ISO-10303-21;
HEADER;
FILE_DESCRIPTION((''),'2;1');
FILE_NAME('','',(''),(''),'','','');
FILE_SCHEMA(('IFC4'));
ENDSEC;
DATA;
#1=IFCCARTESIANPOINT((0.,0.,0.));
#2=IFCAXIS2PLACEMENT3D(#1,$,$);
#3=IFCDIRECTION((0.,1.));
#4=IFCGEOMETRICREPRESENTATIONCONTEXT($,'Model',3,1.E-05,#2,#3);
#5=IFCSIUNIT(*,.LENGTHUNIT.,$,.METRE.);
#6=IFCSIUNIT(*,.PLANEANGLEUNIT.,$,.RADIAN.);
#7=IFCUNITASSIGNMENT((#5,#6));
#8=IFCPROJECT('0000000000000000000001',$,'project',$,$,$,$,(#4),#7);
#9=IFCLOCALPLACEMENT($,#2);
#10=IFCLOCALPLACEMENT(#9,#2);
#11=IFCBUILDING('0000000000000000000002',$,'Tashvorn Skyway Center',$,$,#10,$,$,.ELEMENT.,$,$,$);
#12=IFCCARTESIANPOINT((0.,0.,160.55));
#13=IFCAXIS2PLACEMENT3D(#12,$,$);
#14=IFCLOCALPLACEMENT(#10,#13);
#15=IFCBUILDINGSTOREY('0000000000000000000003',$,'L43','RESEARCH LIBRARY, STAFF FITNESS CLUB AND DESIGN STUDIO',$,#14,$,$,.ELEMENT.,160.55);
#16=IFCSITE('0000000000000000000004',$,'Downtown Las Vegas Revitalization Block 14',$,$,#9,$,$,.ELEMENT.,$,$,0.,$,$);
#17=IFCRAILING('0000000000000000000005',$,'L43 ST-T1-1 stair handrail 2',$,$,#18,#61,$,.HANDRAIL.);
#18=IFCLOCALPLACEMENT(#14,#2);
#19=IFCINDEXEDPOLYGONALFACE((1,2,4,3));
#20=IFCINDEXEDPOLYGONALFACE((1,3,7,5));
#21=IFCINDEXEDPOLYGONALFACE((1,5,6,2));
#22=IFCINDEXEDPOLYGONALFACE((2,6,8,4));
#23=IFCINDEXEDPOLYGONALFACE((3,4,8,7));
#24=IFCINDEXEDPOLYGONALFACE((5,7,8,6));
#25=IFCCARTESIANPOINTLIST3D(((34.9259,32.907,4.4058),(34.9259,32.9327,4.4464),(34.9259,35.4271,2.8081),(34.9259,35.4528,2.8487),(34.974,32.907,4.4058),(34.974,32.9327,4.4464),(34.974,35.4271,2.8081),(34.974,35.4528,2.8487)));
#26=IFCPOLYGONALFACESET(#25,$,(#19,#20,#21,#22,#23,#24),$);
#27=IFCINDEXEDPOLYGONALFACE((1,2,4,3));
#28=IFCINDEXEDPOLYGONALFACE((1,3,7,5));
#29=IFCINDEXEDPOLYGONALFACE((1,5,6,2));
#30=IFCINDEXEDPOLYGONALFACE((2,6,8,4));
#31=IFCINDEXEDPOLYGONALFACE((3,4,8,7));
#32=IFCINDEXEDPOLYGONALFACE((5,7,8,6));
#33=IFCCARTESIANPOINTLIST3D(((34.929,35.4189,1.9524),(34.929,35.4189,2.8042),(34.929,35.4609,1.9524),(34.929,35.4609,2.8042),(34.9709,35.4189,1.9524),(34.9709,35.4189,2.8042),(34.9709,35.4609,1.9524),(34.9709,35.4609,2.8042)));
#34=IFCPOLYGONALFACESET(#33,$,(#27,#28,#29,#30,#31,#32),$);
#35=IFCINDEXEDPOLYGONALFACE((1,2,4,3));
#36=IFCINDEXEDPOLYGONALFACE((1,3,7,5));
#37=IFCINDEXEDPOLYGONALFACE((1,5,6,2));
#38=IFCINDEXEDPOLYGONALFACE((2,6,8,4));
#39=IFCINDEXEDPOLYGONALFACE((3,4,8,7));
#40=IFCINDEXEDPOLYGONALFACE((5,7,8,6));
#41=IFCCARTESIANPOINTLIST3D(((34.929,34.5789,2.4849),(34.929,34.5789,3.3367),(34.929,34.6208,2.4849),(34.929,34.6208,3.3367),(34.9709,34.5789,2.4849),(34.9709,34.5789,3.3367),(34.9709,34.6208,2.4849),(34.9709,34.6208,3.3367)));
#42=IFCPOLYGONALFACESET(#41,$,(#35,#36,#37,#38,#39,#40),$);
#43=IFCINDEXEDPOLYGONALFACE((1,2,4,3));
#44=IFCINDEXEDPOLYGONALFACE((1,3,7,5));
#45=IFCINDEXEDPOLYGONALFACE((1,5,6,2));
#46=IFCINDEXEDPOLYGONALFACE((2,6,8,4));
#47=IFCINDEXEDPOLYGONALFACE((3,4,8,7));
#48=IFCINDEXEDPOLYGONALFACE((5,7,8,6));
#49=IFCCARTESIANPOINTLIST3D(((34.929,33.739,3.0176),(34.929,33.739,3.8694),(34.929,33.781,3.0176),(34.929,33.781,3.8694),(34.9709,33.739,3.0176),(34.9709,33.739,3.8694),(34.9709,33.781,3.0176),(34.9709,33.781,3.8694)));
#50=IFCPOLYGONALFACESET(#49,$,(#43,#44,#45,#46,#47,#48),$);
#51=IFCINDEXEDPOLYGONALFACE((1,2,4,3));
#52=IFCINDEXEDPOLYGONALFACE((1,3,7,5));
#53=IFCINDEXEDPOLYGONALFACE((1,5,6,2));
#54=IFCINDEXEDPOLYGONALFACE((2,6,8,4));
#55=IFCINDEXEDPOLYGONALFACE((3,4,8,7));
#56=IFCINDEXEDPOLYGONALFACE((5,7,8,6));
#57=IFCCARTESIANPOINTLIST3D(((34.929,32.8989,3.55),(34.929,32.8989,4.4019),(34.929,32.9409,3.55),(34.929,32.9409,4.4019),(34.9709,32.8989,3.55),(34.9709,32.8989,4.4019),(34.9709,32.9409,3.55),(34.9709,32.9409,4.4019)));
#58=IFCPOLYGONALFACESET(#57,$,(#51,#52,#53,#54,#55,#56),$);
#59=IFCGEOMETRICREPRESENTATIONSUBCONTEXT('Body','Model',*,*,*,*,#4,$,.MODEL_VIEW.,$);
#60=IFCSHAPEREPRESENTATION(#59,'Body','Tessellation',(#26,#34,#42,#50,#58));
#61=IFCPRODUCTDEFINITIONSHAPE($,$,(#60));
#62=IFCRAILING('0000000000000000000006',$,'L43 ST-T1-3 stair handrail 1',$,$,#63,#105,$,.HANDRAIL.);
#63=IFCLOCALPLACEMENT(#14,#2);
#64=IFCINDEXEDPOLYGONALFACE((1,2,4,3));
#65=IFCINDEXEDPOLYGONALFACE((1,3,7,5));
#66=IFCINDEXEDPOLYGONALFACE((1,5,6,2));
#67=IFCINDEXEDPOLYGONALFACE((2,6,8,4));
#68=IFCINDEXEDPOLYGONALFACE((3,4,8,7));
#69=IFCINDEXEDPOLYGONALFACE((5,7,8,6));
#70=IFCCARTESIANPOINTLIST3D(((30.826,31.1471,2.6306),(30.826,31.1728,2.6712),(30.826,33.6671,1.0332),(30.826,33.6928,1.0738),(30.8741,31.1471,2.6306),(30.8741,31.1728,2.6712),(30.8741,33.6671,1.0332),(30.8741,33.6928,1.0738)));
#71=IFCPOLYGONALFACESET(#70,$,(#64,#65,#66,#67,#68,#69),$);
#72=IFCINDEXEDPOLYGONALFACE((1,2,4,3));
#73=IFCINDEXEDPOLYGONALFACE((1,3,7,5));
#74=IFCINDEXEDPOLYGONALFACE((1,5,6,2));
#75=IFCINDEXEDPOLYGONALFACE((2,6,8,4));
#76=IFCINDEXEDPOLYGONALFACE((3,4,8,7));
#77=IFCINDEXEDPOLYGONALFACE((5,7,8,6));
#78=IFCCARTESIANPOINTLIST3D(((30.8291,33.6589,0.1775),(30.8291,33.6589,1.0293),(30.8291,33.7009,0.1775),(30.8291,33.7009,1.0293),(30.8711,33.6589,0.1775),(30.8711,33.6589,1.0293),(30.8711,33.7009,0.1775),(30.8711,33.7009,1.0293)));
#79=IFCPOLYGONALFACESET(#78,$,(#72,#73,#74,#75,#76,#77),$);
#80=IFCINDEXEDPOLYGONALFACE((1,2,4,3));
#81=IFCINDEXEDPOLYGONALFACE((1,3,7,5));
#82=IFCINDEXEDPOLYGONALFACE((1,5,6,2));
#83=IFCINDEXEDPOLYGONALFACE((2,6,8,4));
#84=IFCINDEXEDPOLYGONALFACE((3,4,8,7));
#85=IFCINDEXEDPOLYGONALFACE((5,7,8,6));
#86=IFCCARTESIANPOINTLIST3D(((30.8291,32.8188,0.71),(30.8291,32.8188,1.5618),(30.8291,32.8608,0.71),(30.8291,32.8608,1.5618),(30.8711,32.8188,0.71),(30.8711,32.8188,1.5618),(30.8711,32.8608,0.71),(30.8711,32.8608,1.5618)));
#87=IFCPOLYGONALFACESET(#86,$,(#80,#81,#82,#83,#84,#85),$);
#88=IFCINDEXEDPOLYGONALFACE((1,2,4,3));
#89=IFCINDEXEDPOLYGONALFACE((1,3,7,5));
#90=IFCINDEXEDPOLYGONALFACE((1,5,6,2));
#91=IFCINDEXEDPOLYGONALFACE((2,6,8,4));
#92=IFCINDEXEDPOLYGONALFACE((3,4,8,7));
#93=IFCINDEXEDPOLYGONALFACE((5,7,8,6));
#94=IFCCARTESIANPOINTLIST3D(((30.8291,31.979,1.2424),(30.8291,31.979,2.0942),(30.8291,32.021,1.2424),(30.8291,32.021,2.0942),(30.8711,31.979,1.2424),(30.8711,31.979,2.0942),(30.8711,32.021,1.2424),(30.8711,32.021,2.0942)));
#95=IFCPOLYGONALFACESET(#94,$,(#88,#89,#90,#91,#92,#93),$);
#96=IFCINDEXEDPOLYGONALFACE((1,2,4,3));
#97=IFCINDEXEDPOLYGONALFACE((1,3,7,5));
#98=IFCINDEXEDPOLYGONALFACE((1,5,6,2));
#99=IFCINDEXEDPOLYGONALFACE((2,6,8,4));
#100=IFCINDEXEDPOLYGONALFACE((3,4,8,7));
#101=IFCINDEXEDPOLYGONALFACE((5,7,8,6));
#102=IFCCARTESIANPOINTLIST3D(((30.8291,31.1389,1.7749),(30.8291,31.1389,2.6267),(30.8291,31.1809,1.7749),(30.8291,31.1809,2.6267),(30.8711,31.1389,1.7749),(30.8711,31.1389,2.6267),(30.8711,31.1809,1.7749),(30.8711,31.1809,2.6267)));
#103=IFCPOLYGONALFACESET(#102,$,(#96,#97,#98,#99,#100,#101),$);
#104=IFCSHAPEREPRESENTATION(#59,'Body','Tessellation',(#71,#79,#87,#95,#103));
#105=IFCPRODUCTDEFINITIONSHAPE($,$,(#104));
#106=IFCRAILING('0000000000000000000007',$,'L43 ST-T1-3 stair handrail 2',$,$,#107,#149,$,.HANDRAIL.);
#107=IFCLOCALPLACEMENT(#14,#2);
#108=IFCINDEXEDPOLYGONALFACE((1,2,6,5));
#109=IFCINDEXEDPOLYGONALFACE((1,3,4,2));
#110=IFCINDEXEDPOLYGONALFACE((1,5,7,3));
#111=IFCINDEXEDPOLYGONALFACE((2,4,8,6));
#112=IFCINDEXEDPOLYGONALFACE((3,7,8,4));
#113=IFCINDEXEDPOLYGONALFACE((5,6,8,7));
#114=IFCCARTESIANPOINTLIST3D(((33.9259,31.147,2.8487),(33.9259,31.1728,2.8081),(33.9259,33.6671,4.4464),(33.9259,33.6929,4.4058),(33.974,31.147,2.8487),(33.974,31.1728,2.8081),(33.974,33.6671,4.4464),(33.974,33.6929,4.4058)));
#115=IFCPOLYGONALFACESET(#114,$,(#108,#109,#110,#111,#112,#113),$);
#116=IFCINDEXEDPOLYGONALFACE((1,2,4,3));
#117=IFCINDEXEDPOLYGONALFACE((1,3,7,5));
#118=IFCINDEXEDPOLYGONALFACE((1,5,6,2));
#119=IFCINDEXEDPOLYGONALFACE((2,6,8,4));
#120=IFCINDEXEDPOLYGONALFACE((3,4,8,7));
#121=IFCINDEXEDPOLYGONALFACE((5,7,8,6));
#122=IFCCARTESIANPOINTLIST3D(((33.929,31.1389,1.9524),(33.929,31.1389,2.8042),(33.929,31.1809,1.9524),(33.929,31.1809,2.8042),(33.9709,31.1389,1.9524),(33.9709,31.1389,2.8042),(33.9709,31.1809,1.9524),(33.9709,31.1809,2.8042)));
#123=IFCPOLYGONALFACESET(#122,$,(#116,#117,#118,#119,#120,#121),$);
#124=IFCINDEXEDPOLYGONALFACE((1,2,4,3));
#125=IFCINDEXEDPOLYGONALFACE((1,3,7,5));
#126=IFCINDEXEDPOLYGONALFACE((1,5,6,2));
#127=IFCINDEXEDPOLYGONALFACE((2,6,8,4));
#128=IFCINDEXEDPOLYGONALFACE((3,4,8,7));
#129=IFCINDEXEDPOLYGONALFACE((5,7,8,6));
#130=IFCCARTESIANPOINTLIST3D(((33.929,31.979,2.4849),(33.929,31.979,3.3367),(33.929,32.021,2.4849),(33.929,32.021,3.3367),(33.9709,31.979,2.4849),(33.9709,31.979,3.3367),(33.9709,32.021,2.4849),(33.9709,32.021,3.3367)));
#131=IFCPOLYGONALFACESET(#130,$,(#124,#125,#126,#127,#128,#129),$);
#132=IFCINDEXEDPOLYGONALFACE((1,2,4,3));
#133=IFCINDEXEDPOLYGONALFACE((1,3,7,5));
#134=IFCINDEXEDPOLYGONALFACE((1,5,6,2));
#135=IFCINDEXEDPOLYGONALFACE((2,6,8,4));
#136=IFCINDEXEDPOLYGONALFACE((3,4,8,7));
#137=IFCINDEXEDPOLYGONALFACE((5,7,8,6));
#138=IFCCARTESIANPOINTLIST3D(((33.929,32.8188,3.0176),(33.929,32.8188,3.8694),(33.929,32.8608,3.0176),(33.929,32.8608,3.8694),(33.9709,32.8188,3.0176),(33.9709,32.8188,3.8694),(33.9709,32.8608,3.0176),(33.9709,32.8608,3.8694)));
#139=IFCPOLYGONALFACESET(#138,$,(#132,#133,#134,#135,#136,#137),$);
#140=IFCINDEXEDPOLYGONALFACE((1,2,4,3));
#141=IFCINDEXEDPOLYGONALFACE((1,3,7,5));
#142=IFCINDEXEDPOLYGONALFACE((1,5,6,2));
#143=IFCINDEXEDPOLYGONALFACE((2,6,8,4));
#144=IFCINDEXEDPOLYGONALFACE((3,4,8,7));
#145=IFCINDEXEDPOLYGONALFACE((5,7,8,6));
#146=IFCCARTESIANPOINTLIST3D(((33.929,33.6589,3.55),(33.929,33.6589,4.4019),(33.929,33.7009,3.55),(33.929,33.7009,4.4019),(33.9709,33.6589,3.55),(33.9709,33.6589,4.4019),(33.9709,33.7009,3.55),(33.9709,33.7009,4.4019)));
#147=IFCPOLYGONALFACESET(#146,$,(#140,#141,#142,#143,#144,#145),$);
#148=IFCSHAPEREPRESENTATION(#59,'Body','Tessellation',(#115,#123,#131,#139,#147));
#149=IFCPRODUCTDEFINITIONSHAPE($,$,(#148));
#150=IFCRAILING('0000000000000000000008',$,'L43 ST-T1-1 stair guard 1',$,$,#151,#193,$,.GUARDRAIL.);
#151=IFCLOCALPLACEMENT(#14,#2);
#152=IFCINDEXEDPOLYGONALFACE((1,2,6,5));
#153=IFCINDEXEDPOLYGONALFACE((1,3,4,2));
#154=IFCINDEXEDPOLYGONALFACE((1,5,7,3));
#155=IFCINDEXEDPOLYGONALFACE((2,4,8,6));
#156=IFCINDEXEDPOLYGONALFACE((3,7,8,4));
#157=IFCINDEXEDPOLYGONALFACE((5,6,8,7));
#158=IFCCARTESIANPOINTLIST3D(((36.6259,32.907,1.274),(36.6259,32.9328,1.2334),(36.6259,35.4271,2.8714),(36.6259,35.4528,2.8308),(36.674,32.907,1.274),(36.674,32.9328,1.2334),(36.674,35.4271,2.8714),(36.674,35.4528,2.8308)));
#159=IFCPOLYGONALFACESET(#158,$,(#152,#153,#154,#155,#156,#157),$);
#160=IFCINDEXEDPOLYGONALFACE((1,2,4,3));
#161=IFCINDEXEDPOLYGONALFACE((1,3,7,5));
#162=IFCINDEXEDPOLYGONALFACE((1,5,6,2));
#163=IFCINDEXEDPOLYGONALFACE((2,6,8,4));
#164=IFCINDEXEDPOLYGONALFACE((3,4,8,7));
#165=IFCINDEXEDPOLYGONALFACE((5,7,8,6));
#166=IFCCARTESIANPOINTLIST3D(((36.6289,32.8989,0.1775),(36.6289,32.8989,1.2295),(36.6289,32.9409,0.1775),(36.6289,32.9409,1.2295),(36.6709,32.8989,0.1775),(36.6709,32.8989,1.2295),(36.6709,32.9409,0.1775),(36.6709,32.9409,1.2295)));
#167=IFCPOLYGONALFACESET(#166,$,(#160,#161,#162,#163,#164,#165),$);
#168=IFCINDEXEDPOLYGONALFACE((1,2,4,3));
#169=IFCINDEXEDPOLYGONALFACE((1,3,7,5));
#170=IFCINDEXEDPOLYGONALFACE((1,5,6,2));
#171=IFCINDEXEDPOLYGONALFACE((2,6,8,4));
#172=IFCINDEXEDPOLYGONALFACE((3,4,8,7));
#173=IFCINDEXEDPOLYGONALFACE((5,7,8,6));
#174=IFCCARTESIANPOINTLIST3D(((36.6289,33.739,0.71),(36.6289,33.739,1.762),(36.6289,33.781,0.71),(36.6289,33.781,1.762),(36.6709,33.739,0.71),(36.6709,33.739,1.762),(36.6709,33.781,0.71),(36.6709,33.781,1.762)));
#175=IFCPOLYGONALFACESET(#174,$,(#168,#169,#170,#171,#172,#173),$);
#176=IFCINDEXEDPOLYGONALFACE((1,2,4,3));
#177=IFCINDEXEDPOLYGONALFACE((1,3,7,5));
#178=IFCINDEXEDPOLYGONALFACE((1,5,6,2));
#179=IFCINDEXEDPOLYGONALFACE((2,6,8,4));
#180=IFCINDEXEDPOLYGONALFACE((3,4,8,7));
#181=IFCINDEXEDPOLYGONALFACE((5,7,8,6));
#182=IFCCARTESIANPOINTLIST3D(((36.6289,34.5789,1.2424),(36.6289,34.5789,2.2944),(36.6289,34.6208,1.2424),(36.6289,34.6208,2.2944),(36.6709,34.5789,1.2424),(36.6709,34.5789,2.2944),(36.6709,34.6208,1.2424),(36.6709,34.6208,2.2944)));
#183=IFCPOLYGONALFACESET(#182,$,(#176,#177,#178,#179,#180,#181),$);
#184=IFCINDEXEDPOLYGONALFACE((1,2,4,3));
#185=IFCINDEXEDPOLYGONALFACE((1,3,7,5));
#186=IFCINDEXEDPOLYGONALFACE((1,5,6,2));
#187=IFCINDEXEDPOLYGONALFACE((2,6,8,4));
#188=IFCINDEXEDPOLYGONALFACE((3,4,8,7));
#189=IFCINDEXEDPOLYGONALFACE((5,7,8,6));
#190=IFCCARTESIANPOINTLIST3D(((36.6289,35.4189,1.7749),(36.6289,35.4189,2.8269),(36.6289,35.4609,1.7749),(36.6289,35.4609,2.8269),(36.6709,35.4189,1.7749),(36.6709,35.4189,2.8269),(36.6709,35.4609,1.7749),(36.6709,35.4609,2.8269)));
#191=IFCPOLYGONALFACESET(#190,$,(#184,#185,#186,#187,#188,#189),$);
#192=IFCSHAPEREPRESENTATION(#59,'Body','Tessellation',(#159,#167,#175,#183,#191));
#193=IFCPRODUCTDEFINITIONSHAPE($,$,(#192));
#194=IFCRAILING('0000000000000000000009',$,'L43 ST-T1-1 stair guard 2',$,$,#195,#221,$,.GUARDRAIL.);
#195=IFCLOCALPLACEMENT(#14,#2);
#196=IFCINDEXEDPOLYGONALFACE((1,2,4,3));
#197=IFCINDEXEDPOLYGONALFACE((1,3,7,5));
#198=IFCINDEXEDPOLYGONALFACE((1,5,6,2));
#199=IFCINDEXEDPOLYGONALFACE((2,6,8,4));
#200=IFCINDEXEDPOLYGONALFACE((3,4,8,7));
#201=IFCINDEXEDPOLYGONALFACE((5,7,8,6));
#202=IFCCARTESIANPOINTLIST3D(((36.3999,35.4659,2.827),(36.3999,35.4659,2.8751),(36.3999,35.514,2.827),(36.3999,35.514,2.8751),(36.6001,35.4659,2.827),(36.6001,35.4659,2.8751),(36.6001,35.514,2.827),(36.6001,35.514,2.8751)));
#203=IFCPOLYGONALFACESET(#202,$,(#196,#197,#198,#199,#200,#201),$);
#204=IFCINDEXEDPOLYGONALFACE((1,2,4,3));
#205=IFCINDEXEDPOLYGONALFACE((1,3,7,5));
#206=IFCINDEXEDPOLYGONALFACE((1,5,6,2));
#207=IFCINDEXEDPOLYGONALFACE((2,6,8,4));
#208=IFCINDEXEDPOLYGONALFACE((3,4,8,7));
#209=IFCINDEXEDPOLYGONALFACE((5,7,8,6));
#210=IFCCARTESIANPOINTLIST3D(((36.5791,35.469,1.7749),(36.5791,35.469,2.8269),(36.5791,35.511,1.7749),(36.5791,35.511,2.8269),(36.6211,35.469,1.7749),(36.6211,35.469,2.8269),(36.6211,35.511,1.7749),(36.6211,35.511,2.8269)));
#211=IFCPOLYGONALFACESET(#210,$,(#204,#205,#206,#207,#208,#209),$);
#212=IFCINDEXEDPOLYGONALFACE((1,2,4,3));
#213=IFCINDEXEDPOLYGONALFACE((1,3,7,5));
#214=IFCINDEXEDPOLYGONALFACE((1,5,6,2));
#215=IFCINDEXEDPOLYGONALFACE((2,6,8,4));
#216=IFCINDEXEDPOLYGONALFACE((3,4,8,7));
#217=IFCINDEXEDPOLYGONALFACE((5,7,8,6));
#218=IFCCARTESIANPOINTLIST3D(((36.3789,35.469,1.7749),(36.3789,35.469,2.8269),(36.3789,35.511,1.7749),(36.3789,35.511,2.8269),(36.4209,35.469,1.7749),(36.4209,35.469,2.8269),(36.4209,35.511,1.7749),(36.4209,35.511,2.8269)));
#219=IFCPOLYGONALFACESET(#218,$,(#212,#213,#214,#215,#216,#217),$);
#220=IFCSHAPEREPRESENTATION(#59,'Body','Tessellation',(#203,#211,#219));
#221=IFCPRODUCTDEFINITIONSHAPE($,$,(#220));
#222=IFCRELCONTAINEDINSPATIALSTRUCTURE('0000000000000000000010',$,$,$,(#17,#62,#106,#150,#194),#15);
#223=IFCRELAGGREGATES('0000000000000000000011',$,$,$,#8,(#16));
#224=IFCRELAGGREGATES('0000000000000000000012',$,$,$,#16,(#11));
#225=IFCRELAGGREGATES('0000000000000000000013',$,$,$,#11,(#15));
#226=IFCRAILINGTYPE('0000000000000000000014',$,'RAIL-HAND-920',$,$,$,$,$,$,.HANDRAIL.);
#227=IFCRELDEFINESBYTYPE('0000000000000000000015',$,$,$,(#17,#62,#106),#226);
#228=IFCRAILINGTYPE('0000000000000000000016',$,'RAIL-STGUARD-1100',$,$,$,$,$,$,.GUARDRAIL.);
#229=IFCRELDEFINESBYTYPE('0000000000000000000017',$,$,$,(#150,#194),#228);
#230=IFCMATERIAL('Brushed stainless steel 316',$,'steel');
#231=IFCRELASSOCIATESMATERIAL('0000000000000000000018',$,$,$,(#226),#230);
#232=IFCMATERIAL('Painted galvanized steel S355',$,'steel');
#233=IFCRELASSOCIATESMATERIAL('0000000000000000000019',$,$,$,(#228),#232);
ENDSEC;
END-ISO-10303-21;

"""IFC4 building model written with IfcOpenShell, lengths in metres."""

from ifc_helpers import new_model, si_unit, direction, frame, origin, origin_2d, place, context, subcontext, project, spatial, rectangle, extrude, material, type_object, element, save


model = new_model("IFC4")

# Units and contexts
model_context = context("Model", 3, precision=1e-05, world=origin(), true_north=direction((0.0, 1.0)))
body_context = subcontext(model_context, "Body", "Model", "MODEL_VIEW")
ifc_project = project(units=[si_unit("LENGTHUNIT", "METRE"), si_unit("PLANEANGLEUNIT", "RADIAN")], contexts=[model_context])

# Site, building, storey
site_placement = place(None, origin())
site = spatial("IfcSite", under=ifc_project, at=site_placement, Name="Downtown Las Vegas Revitalization Block 14", CompositionType="ELEMENT", RefElevation=0.0)
building_placement = place(site_placement, origin())
building = spatial("IfcBuilding", under=site, at=building_placement, Name="Tashvorn Skyway Center", CompositionType="ELEMENT")
storey_placement = place(building_placement, frame((0.0, 0.0, 160.55)))
storey = spatial("IfcBuildingStorey", under=building, at=storey_placement, Name="L43", Description="RESEARCH LIBRARY, STAFF FITNESS CLUB AND DESIGN STUDIO", CompositionType="ELEMENT", Elevation=160.55)

# Railings
ifc_material_1 = material(Name="Brushed stainless steel 316", Category="steel")
railing_type_1 = type_object("IfcRailingType", Name="RAIL-HAND-920", PredefinedType="HANDRAIL", material=ifc_material_1)
railing_1_placement = place(storey_placement, frame((34.95, 35.4399, 1.9524)))
element("IfcRailing", 1, at=railing_1_placement, inside=storey, type_object=railing_type_1, Name="L43 ST-T1-1 stair handrail 2", PredefinedType="HANDRAIL", context=body_context, shape_type="SweptSolid", body=[
    extrude(rectangle(XDim=0.0481, YDim=0.0481, at=origin_2d()), frame((0.0, 0.0, 0.876), z_axis=(0.0, -0.84457, 0.535445), x_axis=(1.0, 0.0, 0.0)), (0.0, 0.0, 1.0), 2.9839),
    extrude(rectangle(XDim=0.042, YDim=0.042, at=origin_2d()), origin(), (0.0, 0.0, 1.0), 0.8518),
    extrude(rectangle(XDim=0.042, YDim=0.042, at=origin_2d()), frame((0.0, -0.8401, 0.5325)), (0.0, 0.0, 1.0), 0.8518),
    extrude(rectangle(XDim=0.042, YDim=0.042, at=origin_2d()), frame((0.0, -1.6799, 1.0652)), (0.0, 0.0, 1.0), 0.8518),
    extrude(rectangle(XDim=0.042, YDim=0.042, at=origin_2d()), frame((0.0, -2.52, 1.5977)), (0.0, 0.0, 1.0), 0.8518),
])
railing_2_placement = place(storey_placement, frame((30.8501, 33.6799, 0.1775)))
element("IfcRailing", 2, at=railing_2_placement, inside=storey, type_object=railing_type_1, Name="L43 ST-T1-3 stair handrail 1", PredefinedType="HANDRAIL", context=body_context, shape_type="SweptSolid", body=[
    extrude(rectangle(XDim=0.0481, YDim=0.0481, at=origin_2d()), frame((0.0, 0.0, 0.876), z_axis=(0.0, -0.844607, 0.535387), x_axis=(1.0, 0.0, 0.0)), (0.0, 0.0, 1.0), 2.9836),
    extrude(rectangle(XDim=0.042, YDim=0.042, at=origin_2d()), origin(), (0.0, 0.0, 1.0), 0.8518),
    extrude(rectangle(XDim=0.042, YDim=0.042, at=origin_2d()), frame((0.0, -0.8401, 0.5325)), (0.0, 0.0, 1.0), 0.8518),
    extrude(rectangle(XDim=0.042, YDim=0.042, at=origin_2d()), frame((0.0, -1.6799, 1.0649)), (0.0, 0.0, 1.0), 0.8518),
    extrude(rectangle(XDim=0.042, YDim=0.042, at=origin_2d()), frame((0.0, -2.52, 1.5974)), (0.0, 0.0, 1.0), 0.8518),
])
railing_3_placement = place(storey_placement, frame((33.95, 31.1599, 1.9524)))
element("IfcRailing", 3, at=railing_3_placement, inside=storey, type_object=railing_type_1, Name="L43 ST-T1-3 stair handrail 2", PredefinedType="HANDRAIL", context=body_context, shape_type="SweptSolid", body=[
    extrude(rectangle(XDim=0.0481, YDim=0.0481, at=origin_2d()), frame((0.0, 0.0, 0.876), z_axis=(0.0, 0.84457, 0.535445), x_axis=(-1.0, 0.0, 0.0)), (0.0, 0.0, 1.0), 2.9839),
    extrude(rectangle(XDim=0.042, YDim=0.042, at=origin_2d()), origin(), (0.0, 0.0, 1.0), 0.8518),
    extrude(rectangle(XDim=0.042, YDim=0.042, at=origin_2d()), frame((0.0, 0.8401, 0.5325)), (0.0, 0.0, 1.0), 0.8518),
    extrude(rectangle(XDim=0.042, YDim=0.042, at=origin_2d()), frame((0.0, 1.6799, 1.0652)), (0.0, 0.0, 1.0), 0.8518),
    extrude(rectangle(XDim=0.042, YDim=0.042, at=origin_2d()), frame((0.0, 2.52, 1.5977)), (0.0, 0.0, 1.0), 0.8518),
])
ifc_material_2 = material(Name="Painted galvanized steel S355", Category="steel")
railing_type_2 = type_object("IfcRailingType", Name="RAIL-STGUARD-1100", PredefinedType="GUARDRAIL", material=ifc_material_2)
railing_4_placement = place(storey_placement, frame((36.6499, 32.9199, 0.1775)))
element("IfcRailing", 4, at=railing_4_placement, inside=storey, type_object=railing_type_2, Name="L43 ST-T1-1 stair guard 1", PredefinedType="GUARDRAIL", context=body_context, shape_type="SweptSolid", body=[
    extrude(rectangle(XDim=0.0481, YDim=0.0481, at=origin_2d()), frame((0.0, 0.0, 1.0762), z_axis=(0.0, 0.844607, 0.535387), x_axis=(-1.0, 0.0, 0.0)), (0.0, 0.0, 1.0), 2.9836),
    extrude(rectangle(XDim=0.042, YDim=0.042, at=origin_2d()), origin(), (0.0, 0.0, 1.0), 1.052),
    extrude(rectangle(XDim=0.042, YDim=0.042, at=origin_2d()), frame((0.0, 0.8401, 0.5325)), (0.0, 0.0, 1.0), 1.052),
    extrude(rectangle(XDim=0.042, YDim=0.042, at=origin_2d()), frame((0.0, 1.6799, 1.0649)), (0.0, 0.0, 1.0), 1.052),
    extrude(rectangle(XDim=0.042, YDim=0.042, at=origin_2d()), frame((0.0, 2.52, 1.5974)), (0.0, 0.0, 1.0), 1.052),
])
railing_5_placement = place(storey_placement, frame((36.6001, 35.49, 1.7749)))
element("IfcRailing", 5, at=railing_5_placement, inside=storey, type_object=railing_type_2, Name="L43 ST-T1-1 stair guard 2", PredefinedType="GUARDRAIL", context=body_context, shape_type="SweptSolid", body=[
    extrude(rectangle(XDim=0.0481, YDim=0.0481, at=origin_2d()), frame((0.0, 0.0, 1.0762), z_axis=(-1.0, 0.0, 0.0), x_axis=(0.0, -1.0, 0.0)), (0.0, 0.0, 1.0), 0.2002),
    extrude(rectangle(XDim=0.042, YDim=0.042, at=origin_2d()), origin(), (0.0, 0.0, 1.0), 1.052),
    extrude(rectangle(XDim=0.042, YDim=0.042, at=origin_2d()), frame((-0.2002, 0.0, 0.0)), (0.0, 0.0, 1.0), 1.052),
])

save(model, "model.ifc")
